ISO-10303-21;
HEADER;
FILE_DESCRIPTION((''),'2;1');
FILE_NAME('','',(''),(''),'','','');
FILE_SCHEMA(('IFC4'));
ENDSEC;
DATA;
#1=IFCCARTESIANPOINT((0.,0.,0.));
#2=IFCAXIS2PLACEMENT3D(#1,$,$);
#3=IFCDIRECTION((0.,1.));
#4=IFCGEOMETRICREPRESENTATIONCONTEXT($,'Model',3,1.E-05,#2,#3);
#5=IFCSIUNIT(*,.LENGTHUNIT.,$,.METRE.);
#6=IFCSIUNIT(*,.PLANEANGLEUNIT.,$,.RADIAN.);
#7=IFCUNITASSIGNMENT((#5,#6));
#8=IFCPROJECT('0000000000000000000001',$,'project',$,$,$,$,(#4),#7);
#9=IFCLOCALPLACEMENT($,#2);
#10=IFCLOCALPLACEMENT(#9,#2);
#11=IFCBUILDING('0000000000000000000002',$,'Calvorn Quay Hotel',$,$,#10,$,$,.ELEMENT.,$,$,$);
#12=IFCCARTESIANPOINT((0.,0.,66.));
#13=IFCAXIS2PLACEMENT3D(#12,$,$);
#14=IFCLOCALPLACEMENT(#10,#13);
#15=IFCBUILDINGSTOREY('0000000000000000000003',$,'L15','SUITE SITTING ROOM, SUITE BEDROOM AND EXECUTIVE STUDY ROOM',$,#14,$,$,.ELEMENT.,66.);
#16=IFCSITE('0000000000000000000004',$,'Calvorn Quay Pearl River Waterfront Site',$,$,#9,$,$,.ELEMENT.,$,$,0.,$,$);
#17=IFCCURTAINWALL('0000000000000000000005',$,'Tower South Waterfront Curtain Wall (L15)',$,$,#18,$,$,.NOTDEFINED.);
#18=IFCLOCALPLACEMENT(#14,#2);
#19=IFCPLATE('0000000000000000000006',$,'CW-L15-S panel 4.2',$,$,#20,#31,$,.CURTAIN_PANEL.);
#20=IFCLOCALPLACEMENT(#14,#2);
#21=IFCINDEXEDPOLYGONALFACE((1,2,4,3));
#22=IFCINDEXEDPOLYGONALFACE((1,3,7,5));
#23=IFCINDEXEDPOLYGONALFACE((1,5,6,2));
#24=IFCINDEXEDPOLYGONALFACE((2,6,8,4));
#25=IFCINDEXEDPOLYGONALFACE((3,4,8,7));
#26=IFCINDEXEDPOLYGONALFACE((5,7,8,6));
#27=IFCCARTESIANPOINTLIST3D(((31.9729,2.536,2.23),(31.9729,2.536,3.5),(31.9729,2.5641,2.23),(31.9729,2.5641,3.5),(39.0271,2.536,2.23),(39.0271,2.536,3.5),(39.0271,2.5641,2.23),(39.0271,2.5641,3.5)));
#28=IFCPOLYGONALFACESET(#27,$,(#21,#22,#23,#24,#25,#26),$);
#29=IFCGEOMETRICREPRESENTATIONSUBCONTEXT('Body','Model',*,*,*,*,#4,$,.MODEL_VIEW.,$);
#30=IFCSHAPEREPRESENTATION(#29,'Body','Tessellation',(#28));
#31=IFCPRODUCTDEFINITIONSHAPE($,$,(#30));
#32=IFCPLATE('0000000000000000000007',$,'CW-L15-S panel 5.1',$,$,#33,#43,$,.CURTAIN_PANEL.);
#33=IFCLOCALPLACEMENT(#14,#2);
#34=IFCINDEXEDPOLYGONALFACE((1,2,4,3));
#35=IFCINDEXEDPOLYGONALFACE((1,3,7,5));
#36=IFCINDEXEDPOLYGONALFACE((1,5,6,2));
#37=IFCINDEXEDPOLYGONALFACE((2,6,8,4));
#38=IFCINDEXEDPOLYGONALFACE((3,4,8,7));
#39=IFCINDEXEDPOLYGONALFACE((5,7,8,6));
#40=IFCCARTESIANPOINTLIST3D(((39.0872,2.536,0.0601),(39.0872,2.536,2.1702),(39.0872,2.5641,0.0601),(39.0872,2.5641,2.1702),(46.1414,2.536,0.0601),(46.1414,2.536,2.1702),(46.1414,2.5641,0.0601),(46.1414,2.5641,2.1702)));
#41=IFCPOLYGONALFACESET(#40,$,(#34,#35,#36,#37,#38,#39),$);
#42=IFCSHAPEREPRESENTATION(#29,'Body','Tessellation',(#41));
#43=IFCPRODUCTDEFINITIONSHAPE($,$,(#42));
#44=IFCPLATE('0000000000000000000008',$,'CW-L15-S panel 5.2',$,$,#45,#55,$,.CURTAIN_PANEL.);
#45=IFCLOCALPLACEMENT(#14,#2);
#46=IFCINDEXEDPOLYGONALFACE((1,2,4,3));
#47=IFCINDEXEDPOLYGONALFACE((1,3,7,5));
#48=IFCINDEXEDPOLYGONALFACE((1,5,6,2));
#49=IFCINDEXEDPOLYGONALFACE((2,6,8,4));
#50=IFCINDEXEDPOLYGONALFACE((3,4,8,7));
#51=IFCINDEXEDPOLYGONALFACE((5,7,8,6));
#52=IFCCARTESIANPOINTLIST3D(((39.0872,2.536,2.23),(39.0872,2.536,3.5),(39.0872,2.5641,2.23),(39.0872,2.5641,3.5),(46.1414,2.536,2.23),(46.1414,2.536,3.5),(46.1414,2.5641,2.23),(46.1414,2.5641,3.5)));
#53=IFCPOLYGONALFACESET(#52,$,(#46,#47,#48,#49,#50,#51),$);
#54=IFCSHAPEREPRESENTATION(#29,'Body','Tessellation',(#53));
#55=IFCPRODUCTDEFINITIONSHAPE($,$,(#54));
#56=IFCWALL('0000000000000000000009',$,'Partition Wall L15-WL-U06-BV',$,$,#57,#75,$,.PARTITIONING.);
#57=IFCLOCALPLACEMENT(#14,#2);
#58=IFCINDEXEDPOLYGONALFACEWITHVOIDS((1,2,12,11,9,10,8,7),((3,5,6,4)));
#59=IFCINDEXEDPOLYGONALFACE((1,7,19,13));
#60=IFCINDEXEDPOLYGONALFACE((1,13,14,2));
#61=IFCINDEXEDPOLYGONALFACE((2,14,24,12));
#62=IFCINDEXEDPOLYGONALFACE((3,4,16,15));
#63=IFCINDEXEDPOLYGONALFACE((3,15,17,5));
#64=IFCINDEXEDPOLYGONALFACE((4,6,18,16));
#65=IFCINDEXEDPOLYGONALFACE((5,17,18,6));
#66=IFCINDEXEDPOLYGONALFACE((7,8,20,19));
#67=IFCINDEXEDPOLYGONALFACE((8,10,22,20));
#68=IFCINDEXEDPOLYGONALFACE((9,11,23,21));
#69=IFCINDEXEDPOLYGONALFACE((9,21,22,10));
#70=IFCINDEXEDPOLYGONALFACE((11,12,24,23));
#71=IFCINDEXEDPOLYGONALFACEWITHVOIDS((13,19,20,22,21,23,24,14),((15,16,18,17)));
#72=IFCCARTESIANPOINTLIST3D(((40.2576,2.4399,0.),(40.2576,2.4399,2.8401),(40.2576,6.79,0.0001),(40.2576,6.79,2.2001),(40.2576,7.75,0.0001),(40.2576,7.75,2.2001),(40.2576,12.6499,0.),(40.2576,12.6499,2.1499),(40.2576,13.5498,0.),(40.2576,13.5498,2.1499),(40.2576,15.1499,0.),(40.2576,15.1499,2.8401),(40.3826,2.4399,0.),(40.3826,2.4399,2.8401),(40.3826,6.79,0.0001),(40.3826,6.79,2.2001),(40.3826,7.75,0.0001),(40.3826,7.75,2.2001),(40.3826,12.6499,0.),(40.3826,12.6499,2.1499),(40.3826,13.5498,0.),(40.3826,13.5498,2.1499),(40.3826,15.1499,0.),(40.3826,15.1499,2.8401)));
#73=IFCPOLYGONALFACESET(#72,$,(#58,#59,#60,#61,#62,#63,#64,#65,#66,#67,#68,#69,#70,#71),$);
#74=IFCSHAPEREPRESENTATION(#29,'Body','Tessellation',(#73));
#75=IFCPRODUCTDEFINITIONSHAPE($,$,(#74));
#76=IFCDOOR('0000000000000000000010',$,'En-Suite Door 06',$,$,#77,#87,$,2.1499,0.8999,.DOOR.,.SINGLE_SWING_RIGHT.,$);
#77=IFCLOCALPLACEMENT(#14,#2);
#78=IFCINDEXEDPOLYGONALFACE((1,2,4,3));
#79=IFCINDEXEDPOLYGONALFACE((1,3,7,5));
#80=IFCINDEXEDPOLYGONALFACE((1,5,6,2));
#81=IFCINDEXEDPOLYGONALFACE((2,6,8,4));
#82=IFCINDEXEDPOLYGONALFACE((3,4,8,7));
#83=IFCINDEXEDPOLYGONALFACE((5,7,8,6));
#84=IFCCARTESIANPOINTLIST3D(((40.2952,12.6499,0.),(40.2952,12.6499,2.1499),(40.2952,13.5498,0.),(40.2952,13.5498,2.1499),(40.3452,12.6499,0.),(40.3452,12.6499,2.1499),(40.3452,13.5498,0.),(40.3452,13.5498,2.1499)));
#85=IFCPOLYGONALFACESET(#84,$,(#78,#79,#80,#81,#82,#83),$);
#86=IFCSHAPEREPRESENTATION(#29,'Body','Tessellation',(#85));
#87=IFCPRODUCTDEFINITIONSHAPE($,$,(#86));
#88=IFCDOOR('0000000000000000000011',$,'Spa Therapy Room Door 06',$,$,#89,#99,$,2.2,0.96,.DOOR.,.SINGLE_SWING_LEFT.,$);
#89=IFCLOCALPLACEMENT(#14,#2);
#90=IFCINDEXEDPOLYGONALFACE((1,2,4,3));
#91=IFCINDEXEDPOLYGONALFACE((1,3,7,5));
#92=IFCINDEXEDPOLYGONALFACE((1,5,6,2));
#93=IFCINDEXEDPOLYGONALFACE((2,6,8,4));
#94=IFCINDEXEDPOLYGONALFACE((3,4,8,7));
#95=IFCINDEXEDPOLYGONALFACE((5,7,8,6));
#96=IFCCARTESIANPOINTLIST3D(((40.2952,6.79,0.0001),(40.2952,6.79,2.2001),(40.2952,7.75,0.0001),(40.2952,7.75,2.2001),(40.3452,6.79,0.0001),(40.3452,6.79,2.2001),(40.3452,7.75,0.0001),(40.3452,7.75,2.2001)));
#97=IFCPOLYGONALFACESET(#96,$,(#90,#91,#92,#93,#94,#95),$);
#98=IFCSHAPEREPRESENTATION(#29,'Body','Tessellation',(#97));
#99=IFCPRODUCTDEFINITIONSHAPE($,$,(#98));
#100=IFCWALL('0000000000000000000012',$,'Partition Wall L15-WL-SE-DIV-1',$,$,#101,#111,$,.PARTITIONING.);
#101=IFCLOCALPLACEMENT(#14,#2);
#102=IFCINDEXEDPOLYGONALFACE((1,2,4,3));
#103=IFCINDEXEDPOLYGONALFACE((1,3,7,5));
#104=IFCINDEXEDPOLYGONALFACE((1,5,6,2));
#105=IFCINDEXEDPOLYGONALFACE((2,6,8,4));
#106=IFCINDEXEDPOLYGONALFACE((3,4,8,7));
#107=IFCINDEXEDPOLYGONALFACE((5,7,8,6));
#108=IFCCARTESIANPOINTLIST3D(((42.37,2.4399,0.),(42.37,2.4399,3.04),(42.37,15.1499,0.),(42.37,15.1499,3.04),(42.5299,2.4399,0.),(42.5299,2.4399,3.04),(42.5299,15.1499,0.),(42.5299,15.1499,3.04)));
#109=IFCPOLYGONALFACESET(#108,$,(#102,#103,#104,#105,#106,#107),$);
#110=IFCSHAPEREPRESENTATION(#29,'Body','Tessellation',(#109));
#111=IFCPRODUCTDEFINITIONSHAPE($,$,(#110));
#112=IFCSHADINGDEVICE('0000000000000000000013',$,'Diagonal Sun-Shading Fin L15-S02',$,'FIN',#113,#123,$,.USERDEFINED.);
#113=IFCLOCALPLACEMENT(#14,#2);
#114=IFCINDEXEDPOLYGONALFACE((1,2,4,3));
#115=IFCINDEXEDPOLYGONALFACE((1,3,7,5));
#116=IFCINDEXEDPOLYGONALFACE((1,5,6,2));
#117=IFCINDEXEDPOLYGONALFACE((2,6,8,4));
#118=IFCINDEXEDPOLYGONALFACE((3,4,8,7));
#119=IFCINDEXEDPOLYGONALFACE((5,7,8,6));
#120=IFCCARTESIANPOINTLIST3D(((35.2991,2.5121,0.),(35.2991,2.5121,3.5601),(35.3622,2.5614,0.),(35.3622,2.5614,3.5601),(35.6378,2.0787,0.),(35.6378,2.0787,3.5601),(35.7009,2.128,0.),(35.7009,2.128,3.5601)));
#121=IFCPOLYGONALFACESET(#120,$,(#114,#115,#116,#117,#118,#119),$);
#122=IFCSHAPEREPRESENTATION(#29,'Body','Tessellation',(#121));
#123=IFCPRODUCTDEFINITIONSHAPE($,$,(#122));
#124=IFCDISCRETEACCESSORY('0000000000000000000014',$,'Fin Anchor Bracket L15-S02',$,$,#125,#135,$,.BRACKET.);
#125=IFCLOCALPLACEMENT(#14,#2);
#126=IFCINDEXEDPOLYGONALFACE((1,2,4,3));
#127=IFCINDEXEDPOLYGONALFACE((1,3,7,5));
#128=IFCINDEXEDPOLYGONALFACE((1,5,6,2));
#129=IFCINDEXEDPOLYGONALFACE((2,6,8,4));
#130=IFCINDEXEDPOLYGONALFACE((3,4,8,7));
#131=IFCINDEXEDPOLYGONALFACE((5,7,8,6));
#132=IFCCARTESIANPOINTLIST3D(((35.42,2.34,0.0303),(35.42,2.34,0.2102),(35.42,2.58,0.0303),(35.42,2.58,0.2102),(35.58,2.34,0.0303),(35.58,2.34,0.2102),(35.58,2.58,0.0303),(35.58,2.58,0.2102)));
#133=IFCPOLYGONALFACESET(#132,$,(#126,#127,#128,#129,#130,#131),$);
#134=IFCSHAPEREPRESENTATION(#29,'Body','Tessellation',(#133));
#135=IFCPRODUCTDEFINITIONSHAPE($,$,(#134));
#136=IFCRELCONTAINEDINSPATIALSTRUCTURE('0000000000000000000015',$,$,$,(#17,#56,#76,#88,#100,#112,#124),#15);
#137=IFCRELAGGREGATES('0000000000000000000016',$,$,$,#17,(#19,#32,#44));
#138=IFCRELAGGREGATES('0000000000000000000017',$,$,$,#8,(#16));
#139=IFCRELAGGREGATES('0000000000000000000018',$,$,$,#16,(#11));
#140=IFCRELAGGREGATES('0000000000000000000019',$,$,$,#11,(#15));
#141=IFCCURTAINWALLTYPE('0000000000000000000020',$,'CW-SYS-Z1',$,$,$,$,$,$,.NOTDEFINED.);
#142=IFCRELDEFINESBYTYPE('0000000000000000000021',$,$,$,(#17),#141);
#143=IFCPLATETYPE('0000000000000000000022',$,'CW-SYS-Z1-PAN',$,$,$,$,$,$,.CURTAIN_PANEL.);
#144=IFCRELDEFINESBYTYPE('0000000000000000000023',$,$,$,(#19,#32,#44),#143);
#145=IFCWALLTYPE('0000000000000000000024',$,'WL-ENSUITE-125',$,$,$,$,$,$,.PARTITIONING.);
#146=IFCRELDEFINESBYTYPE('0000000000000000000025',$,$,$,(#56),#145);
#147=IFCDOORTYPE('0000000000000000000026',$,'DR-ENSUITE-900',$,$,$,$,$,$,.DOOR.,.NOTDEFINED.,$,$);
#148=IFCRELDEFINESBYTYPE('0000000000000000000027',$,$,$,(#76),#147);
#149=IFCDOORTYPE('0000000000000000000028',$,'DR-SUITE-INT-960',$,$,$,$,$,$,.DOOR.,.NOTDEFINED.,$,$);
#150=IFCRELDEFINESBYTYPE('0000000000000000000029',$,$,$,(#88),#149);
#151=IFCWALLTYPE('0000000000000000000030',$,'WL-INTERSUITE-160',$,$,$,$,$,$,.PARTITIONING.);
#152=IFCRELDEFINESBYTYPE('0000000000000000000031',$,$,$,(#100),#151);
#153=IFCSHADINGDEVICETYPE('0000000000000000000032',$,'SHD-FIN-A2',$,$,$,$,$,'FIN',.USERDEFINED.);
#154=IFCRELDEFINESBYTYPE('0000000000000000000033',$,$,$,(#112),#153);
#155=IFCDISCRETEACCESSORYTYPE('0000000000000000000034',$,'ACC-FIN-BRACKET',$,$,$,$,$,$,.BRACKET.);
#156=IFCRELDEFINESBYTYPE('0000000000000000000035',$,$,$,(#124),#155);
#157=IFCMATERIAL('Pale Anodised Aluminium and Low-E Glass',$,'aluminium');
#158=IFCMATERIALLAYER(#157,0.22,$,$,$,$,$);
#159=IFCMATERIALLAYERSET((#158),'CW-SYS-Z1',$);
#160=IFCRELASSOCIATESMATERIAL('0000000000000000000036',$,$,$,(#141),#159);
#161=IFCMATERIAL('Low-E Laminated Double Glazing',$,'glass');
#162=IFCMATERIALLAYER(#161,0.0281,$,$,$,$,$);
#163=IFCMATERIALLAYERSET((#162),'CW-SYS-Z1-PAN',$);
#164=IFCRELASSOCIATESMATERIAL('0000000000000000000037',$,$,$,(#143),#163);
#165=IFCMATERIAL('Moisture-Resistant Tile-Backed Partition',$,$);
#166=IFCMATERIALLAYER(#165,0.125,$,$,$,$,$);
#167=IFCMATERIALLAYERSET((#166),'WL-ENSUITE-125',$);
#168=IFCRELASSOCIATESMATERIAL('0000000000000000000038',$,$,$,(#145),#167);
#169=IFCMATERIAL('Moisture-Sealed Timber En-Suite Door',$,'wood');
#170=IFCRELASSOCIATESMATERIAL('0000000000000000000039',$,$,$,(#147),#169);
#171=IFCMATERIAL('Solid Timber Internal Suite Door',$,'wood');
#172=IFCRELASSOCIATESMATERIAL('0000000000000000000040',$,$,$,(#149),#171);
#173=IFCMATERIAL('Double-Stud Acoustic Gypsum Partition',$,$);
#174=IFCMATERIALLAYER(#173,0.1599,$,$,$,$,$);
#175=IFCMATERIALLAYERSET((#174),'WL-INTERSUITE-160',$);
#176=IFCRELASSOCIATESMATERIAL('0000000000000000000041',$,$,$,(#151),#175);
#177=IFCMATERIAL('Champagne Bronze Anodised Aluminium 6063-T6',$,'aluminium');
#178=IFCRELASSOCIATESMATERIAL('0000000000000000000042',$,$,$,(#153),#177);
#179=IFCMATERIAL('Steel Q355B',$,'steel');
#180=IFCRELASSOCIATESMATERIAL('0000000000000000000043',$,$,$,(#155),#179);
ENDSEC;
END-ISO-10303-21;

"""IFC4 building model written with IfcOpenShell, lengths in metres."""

from ifc_helpers import new_model, si_unit, direction, frame, frame_2d, origin, origin_2d, place, context, subcontext, project, spatial, rectangle, extrude, material, layer, layer_set, type_object, element, fill, aggregate, save


model = new_model("IFC4")

# Units and contexts
model_context = context("Model", 3, precision=1e-05, world=origin(), true_north=direction((0.0, 1.0)))
body_context = subcontext(model_context, "Body", "Model", "MODEL_VIEW")
ifc_project = project(units=[si_unit("LENGTHUNIT", "METRE"), si_unit("PLANEANGLEUNIT", "RADIAN")], contexts=[model_context])

# Site, building, storey
site_placement = place(None, origin())
site = spatial("IfcSite", under=ifc_project, at=site_placement, Name="Calvorn Quay Pearl River Waterfront Site", CompositionType="ELEMENT", RefElevation=0.0)
building_placement = place(site_placement, origin())
building = spatial("IfcBuilding", under=site, at=building_placement, Name="Calvorn Quay Hotel", CompositionType="ELEMENT")
storey_placement = place(building_placement, frame((0.0, 0.0, 66.0)))
storey = spatial("IfcBuildingStorey", under=building, at=storey_placement, Name="L15", Description="SUITE SITTING ROOM, SUITE BEDROOM AND EXECUTIVE STUDY ROOM", CompositionType="ELEMENT", Elevation=66.0)

# Curtain wall, plates
ifc_material_1 = material(Name="Pale Anodised Aluminium and Low-E Glass", Category="aluminium")
ifc_layer_1 = layer(ifc_material_1, 0.22)
ifc_layer_set_1 = layer_set([ifc_layer_1], Name="CW-SYS-Z1")
curtain_wall_type = type_object("IfcCurtainWallType", Name="CW-SYS-Z1", PredefinedType="NOTDEFINED", material=ifc_layer_set_1)
curtain_wall_placement = place(storey_placement, origin())
curtain_wall = element("IfcCurtainWall", 1, at=curtain_wall_placement, inside=storey, type_object=curtain_wall_type, Name="Tower South Waterfront Curtain Wall (L15)", PredefinedType="NOTDEFINED")
ifc_material_2 = material(Name="Low-E Laminated Double Glazing", Category="glass")
ifc_layer_2 = layer(ifc_material_2, 0.0281)
ifc_layer_set_2 = layer_set([ifc_layer_2], Name="CW-SYS-Z1-PAN")
plate_type = type_object("IfcPlateType", Name="CW-SYS-Z1-PAN", PredefinedType="CURTAIN_PANEL", material=ifc_layer_set_2)
plate_1_placement = place(storey_placement, frame((35.5, 2.55, 2.23), z_axis=(0.0, 0.0, 1.0), x_axis=(1.0, 0.0, 0.0)))
plate_1 = element("IfcPlate", 2, at=plate_1_placement, type_object=plate_type, Name="CW-L15-S panel 4.2", PredefinedType="CURTAIN_PANEL", context=body_context, shape_type="SweptSolid", body=[
    extrude(rectangle(XDim=7.0542, YDim=0.0281, at=origin_2d()), origin(), (0.0, 0.0, 1.0), 1.27),
])
plate_2_placement = place(storey_placement, frame((42.6143, 2.55, 0.0601), z_axis=(0.0, 0.0, 1.0), x_axis=(1.0, 0.0, 0.0)))
plate_2 = element("IfcPlate", 3, at=plate_2_placement, type_object=plate_type, Name="CW-L15-S panel 5.1", PredefinedType="CURTAIN_PANEL", context=body_context, shape_type="SweptSolid", body=[
    extrude(rectangle(XDim=7.0542, YDim=0.0281, at=origin_2d()), origin(), (0.0, 0.0, 1.0), 2.1101),
])
plate_3_placement = place(storey_placement, frame((42.6143, 2.55, 2.23), z_axis=(0.0, 0.0, 1.0), x_axis=(1.0, 0.0, 0.0)))
plate_3 = element("IfcPlate", 4, at=plate_3_placement, type_object=plate_type, Name="CW-L15-S panel 5.2", PredefinedType="CURTAIN_PANEL", context=body_context, shape_type="SweptSolid", body=[
    extrude(rectangle(XDim=7.0542, YDim=0.0281, at=origin_2d()), origin(), (0.0, 0.0, 1.0), 1.27),
])
aggregate(curtain_wall, [plate_1, plate_2, plate_3])

# Wall, openings, doors
ifc_material_3 = material(Name="Moisture-Resistant Tile-Backed Partition")
ifc_layer_3 = layer(ifc_material_3, 0.125)
ifc_layer_set_3 = layer_set([ifc_layer_3], Name="WL-ENSUITE-125")
wall_type_1 = type_object("IfcWallType", Name="WL-ENSUITE-125", PredefinedType="PARTITIONING", material=ifc_layer_set_3)
wall_1_placement = place(storey_placement, frame((40.3201, 2.4399, 0.0), z_axis=(0.0, 0.0, 1.0), x_axis=(0.0, 1.0, 0.0)))
wall_1 = element("IfcWall", 5, at=wall_1_placement, inside=storey, type_object=wall_type_1, Name="Partition Wall L15-WL-U06-BV", PredefinedType="PARTITIONING", context=body_context, shape_type="SweptSolid", body=[
    extrude(rectangle(XDim=12.71, YDim=0.125, at=frame_2d((6.355, 0.0))), origin(), (0.0, 0.0, 1.0), 2.8401),
])
opening_1_placement = place(wall_1_placement, frame((4.3501, 0.0, 0.0)))
opening_1 = element("IfcOpeningElement", 6, at=opening_1_placement, cuts=wall_1, PredefinedType="OPENING", context=body_context, shape_type="SweptSolid", body=[
    extrude(rectangle(XDim=0.96, YDim=2.2, at=frame_2d((0.48, 1.1001))), frame((0.0, 0.0725, 0.0), z_axis=(0.0, -1.0, 0.0), x_axis=(1.0, 0.0, 0.0)), (0.0, 0.0, 1.0), 0.145),
])
opening_2_placement = place(wall_1_placement, frame((10.21, 0.0, 0.0)))
opening_2 = element("IfcOpeningElement", 7, at=opening_2_placement, cuts=wall_1, PredefinedType="OPENING", context=body_context, shape_type="SweptSolid", body=[
    extrude(rectangle(XDim=0.8999, YDim=2.1499, at=frame_2d((0.45, 1.075))), frame((0.0, 0.0725, 0.0), z_axis=(0.0, -1.0, 0.0), x_axis=(1.0, 0.0, 0.0)), (0.0, 0.0, 1.0), 0.145),
])
ifc_material_4 = material(Name="Moisture-Sealed Timber En-Suite Door", Category="wood")
door_type_1 = type_object("IfcDoorType", Name="DR-ENSUITE-900", OperationType="NOTDEFINED", PredefinedType="DOOR", material=ifc_material_4)
door_1_placement = place(opening_2_placement, origin())
door_1 = element("IfcDoor", 8, at=door_1_placement, inside=storey, type_object=door_type_1, Name="En-Suite Door 06", OperationType="SINGLE_SWING_RIGHT", OverallHeight=2.1499, OverallWidth=0.8999, PredefinedType="DOOR", context=body_context, shape_type="SweptSolid", body=[
    extrude(rectangle(XDim=0.8999, YDim=2.1499, at=frame_2d((0.45, 1.075))), frame((0.0, 0.0249, 0.0), z_axis=(0.0, -1.0, 0.0), x_axis=(1.0, 0.0, 0.0)), (0.0, 0.0, 1.0), 0.05),
])
fill(opening_2, door_1)
ifc_material_5 = material(Name="Solid Timber Internal Suite Door", Category="wood")
door_type_2 = type_object("IfcDoorType", Name="DR-SUITE-INT-960", OperationType="NOTDEFINED", PredefinedType="DOOR", material=ifc_material_5)
door_2_placement = place(opening_1_placement, origin())
door_2 = element("IfcDoor", 9, at=door_2_placement, inside=storey, type_object=door_type_2, Name="Spa Therapy Room Door 06", OperationType="SINGLE_SWING_LEFT", OverallHeight=2.2, OverallWidth=0.96, PredefinedType="DOOR", context=body_context, shape_type="SweptSolid", body=[
    extrude(rectangle(XDim=0.96, YDim=2.2, at=frame_2d((0.48, 1.1001))), frame((0.0, 0.0249, 0.0), z_axis=(0.0, -1.0, 0.0), x_axis=(1.0, 0.0, 0.0)), (0.0, 0.0, 1.0), 0.05),
])
fill(opening_1, door_2)

# Wall
ifc_material_6 = material(Name="Double-Stud Acoustic Gypsum Partition")
ifc_layer_4 = layer(ifc_material_6, 0.1599)
ifc_layer_set_4 = layer_set([ifc_layer_4], Name="WL-INTERSUITE-160")
wall_type_2 = type_object("IfcWallType", Name="WL-INTERSUITE-160", PredefinedType="PARTITIONING", material=ifc_layer_set_4)
wall_2_placement = place(storey_placement, frame((42.45, 2.4399, 0.0), z_axis=(0.0, 0.0, 1.0), x_axis=(0.0, 1.0, 0.0)))
element("IfcWall", 10, at=wall_2_placement, inside=storey, type_object=wall_type_2, Name="Partition Wall L15-WL-SE-DIV-1", PredefinedType="PARTITIONING", context=body_context, shape_type="SweptSolid", body=[
    extrude(rectangle(XDim=12.71, YDim=0.1599, at=frame_2d((6.355, 0.0))), origin(), (0.0, 0.0, 1.0), 3.04),
])

# Shading device
ifc_material_7 = material(Name="Champagne Bronze Anodised Aluminium 6063-T6", Category="aluminium")
shading_device_type = type_object("IfcShadingDeviceType", Name="SHD-FIN-A2", ElementType="FIN", PredefinedType="USERDEFINED", material=ifc_material_7)
shading_device_placement = place(storey_placement, frame((35.5, 2.3201, 0.0), z_axis=(0.0, 0.0, 1.0), x_axis=(-0.615661, 0.788011, 0.0)))
element("IfcShadingDevice", 11, at=shading_device_placement, inside=storey, type_object=shading_device_type, Name="Diagonal Sun-Shading Fin L15-S02", ObjectType="FIN", PredefinedType="USERDEFINED", context=body_context, shape_type="SweptSolid", body=[
    extrude(rectangle(XDim=0.55, YDim=0.0801, at=origin_2d()), origin(), (0.0, 0.0, 1.0), 3.5601),
])

# Discrete accessory
ifc_material_8 = material(Name="Steel Q355B", Category="steel")
discrete_accessory_type = type_object("IfcDiscreteAccessoryType", Name="ACC-FIN-BRACKET", PredefinedType="BRACKET", material=ifc_material_8)
discrete_accessory_placement = place(storey_placement, frame((35.5, 2.46, 0.0303), z_axis=(0.0, 0.0, 1.0), x_axis=(0.0, 1.0, 0.0)))
element("IfcDiscreteAccessory", 12, at=discrete_accessory_placement, inside=storey, type_object=discrete_accessory_type, Name="Fin Anchor Bracket L15-S02", PredefinedType="BRACKET", context=body_context, shape_type="SweptSolid", body=[
    extrude(rectangle(XDim=0.24, YDim=0.1599, at=origin_2d()), origin(), (0.0, 0.0, 1.0), 0.1799),
])

save(model, "model.ifc")
